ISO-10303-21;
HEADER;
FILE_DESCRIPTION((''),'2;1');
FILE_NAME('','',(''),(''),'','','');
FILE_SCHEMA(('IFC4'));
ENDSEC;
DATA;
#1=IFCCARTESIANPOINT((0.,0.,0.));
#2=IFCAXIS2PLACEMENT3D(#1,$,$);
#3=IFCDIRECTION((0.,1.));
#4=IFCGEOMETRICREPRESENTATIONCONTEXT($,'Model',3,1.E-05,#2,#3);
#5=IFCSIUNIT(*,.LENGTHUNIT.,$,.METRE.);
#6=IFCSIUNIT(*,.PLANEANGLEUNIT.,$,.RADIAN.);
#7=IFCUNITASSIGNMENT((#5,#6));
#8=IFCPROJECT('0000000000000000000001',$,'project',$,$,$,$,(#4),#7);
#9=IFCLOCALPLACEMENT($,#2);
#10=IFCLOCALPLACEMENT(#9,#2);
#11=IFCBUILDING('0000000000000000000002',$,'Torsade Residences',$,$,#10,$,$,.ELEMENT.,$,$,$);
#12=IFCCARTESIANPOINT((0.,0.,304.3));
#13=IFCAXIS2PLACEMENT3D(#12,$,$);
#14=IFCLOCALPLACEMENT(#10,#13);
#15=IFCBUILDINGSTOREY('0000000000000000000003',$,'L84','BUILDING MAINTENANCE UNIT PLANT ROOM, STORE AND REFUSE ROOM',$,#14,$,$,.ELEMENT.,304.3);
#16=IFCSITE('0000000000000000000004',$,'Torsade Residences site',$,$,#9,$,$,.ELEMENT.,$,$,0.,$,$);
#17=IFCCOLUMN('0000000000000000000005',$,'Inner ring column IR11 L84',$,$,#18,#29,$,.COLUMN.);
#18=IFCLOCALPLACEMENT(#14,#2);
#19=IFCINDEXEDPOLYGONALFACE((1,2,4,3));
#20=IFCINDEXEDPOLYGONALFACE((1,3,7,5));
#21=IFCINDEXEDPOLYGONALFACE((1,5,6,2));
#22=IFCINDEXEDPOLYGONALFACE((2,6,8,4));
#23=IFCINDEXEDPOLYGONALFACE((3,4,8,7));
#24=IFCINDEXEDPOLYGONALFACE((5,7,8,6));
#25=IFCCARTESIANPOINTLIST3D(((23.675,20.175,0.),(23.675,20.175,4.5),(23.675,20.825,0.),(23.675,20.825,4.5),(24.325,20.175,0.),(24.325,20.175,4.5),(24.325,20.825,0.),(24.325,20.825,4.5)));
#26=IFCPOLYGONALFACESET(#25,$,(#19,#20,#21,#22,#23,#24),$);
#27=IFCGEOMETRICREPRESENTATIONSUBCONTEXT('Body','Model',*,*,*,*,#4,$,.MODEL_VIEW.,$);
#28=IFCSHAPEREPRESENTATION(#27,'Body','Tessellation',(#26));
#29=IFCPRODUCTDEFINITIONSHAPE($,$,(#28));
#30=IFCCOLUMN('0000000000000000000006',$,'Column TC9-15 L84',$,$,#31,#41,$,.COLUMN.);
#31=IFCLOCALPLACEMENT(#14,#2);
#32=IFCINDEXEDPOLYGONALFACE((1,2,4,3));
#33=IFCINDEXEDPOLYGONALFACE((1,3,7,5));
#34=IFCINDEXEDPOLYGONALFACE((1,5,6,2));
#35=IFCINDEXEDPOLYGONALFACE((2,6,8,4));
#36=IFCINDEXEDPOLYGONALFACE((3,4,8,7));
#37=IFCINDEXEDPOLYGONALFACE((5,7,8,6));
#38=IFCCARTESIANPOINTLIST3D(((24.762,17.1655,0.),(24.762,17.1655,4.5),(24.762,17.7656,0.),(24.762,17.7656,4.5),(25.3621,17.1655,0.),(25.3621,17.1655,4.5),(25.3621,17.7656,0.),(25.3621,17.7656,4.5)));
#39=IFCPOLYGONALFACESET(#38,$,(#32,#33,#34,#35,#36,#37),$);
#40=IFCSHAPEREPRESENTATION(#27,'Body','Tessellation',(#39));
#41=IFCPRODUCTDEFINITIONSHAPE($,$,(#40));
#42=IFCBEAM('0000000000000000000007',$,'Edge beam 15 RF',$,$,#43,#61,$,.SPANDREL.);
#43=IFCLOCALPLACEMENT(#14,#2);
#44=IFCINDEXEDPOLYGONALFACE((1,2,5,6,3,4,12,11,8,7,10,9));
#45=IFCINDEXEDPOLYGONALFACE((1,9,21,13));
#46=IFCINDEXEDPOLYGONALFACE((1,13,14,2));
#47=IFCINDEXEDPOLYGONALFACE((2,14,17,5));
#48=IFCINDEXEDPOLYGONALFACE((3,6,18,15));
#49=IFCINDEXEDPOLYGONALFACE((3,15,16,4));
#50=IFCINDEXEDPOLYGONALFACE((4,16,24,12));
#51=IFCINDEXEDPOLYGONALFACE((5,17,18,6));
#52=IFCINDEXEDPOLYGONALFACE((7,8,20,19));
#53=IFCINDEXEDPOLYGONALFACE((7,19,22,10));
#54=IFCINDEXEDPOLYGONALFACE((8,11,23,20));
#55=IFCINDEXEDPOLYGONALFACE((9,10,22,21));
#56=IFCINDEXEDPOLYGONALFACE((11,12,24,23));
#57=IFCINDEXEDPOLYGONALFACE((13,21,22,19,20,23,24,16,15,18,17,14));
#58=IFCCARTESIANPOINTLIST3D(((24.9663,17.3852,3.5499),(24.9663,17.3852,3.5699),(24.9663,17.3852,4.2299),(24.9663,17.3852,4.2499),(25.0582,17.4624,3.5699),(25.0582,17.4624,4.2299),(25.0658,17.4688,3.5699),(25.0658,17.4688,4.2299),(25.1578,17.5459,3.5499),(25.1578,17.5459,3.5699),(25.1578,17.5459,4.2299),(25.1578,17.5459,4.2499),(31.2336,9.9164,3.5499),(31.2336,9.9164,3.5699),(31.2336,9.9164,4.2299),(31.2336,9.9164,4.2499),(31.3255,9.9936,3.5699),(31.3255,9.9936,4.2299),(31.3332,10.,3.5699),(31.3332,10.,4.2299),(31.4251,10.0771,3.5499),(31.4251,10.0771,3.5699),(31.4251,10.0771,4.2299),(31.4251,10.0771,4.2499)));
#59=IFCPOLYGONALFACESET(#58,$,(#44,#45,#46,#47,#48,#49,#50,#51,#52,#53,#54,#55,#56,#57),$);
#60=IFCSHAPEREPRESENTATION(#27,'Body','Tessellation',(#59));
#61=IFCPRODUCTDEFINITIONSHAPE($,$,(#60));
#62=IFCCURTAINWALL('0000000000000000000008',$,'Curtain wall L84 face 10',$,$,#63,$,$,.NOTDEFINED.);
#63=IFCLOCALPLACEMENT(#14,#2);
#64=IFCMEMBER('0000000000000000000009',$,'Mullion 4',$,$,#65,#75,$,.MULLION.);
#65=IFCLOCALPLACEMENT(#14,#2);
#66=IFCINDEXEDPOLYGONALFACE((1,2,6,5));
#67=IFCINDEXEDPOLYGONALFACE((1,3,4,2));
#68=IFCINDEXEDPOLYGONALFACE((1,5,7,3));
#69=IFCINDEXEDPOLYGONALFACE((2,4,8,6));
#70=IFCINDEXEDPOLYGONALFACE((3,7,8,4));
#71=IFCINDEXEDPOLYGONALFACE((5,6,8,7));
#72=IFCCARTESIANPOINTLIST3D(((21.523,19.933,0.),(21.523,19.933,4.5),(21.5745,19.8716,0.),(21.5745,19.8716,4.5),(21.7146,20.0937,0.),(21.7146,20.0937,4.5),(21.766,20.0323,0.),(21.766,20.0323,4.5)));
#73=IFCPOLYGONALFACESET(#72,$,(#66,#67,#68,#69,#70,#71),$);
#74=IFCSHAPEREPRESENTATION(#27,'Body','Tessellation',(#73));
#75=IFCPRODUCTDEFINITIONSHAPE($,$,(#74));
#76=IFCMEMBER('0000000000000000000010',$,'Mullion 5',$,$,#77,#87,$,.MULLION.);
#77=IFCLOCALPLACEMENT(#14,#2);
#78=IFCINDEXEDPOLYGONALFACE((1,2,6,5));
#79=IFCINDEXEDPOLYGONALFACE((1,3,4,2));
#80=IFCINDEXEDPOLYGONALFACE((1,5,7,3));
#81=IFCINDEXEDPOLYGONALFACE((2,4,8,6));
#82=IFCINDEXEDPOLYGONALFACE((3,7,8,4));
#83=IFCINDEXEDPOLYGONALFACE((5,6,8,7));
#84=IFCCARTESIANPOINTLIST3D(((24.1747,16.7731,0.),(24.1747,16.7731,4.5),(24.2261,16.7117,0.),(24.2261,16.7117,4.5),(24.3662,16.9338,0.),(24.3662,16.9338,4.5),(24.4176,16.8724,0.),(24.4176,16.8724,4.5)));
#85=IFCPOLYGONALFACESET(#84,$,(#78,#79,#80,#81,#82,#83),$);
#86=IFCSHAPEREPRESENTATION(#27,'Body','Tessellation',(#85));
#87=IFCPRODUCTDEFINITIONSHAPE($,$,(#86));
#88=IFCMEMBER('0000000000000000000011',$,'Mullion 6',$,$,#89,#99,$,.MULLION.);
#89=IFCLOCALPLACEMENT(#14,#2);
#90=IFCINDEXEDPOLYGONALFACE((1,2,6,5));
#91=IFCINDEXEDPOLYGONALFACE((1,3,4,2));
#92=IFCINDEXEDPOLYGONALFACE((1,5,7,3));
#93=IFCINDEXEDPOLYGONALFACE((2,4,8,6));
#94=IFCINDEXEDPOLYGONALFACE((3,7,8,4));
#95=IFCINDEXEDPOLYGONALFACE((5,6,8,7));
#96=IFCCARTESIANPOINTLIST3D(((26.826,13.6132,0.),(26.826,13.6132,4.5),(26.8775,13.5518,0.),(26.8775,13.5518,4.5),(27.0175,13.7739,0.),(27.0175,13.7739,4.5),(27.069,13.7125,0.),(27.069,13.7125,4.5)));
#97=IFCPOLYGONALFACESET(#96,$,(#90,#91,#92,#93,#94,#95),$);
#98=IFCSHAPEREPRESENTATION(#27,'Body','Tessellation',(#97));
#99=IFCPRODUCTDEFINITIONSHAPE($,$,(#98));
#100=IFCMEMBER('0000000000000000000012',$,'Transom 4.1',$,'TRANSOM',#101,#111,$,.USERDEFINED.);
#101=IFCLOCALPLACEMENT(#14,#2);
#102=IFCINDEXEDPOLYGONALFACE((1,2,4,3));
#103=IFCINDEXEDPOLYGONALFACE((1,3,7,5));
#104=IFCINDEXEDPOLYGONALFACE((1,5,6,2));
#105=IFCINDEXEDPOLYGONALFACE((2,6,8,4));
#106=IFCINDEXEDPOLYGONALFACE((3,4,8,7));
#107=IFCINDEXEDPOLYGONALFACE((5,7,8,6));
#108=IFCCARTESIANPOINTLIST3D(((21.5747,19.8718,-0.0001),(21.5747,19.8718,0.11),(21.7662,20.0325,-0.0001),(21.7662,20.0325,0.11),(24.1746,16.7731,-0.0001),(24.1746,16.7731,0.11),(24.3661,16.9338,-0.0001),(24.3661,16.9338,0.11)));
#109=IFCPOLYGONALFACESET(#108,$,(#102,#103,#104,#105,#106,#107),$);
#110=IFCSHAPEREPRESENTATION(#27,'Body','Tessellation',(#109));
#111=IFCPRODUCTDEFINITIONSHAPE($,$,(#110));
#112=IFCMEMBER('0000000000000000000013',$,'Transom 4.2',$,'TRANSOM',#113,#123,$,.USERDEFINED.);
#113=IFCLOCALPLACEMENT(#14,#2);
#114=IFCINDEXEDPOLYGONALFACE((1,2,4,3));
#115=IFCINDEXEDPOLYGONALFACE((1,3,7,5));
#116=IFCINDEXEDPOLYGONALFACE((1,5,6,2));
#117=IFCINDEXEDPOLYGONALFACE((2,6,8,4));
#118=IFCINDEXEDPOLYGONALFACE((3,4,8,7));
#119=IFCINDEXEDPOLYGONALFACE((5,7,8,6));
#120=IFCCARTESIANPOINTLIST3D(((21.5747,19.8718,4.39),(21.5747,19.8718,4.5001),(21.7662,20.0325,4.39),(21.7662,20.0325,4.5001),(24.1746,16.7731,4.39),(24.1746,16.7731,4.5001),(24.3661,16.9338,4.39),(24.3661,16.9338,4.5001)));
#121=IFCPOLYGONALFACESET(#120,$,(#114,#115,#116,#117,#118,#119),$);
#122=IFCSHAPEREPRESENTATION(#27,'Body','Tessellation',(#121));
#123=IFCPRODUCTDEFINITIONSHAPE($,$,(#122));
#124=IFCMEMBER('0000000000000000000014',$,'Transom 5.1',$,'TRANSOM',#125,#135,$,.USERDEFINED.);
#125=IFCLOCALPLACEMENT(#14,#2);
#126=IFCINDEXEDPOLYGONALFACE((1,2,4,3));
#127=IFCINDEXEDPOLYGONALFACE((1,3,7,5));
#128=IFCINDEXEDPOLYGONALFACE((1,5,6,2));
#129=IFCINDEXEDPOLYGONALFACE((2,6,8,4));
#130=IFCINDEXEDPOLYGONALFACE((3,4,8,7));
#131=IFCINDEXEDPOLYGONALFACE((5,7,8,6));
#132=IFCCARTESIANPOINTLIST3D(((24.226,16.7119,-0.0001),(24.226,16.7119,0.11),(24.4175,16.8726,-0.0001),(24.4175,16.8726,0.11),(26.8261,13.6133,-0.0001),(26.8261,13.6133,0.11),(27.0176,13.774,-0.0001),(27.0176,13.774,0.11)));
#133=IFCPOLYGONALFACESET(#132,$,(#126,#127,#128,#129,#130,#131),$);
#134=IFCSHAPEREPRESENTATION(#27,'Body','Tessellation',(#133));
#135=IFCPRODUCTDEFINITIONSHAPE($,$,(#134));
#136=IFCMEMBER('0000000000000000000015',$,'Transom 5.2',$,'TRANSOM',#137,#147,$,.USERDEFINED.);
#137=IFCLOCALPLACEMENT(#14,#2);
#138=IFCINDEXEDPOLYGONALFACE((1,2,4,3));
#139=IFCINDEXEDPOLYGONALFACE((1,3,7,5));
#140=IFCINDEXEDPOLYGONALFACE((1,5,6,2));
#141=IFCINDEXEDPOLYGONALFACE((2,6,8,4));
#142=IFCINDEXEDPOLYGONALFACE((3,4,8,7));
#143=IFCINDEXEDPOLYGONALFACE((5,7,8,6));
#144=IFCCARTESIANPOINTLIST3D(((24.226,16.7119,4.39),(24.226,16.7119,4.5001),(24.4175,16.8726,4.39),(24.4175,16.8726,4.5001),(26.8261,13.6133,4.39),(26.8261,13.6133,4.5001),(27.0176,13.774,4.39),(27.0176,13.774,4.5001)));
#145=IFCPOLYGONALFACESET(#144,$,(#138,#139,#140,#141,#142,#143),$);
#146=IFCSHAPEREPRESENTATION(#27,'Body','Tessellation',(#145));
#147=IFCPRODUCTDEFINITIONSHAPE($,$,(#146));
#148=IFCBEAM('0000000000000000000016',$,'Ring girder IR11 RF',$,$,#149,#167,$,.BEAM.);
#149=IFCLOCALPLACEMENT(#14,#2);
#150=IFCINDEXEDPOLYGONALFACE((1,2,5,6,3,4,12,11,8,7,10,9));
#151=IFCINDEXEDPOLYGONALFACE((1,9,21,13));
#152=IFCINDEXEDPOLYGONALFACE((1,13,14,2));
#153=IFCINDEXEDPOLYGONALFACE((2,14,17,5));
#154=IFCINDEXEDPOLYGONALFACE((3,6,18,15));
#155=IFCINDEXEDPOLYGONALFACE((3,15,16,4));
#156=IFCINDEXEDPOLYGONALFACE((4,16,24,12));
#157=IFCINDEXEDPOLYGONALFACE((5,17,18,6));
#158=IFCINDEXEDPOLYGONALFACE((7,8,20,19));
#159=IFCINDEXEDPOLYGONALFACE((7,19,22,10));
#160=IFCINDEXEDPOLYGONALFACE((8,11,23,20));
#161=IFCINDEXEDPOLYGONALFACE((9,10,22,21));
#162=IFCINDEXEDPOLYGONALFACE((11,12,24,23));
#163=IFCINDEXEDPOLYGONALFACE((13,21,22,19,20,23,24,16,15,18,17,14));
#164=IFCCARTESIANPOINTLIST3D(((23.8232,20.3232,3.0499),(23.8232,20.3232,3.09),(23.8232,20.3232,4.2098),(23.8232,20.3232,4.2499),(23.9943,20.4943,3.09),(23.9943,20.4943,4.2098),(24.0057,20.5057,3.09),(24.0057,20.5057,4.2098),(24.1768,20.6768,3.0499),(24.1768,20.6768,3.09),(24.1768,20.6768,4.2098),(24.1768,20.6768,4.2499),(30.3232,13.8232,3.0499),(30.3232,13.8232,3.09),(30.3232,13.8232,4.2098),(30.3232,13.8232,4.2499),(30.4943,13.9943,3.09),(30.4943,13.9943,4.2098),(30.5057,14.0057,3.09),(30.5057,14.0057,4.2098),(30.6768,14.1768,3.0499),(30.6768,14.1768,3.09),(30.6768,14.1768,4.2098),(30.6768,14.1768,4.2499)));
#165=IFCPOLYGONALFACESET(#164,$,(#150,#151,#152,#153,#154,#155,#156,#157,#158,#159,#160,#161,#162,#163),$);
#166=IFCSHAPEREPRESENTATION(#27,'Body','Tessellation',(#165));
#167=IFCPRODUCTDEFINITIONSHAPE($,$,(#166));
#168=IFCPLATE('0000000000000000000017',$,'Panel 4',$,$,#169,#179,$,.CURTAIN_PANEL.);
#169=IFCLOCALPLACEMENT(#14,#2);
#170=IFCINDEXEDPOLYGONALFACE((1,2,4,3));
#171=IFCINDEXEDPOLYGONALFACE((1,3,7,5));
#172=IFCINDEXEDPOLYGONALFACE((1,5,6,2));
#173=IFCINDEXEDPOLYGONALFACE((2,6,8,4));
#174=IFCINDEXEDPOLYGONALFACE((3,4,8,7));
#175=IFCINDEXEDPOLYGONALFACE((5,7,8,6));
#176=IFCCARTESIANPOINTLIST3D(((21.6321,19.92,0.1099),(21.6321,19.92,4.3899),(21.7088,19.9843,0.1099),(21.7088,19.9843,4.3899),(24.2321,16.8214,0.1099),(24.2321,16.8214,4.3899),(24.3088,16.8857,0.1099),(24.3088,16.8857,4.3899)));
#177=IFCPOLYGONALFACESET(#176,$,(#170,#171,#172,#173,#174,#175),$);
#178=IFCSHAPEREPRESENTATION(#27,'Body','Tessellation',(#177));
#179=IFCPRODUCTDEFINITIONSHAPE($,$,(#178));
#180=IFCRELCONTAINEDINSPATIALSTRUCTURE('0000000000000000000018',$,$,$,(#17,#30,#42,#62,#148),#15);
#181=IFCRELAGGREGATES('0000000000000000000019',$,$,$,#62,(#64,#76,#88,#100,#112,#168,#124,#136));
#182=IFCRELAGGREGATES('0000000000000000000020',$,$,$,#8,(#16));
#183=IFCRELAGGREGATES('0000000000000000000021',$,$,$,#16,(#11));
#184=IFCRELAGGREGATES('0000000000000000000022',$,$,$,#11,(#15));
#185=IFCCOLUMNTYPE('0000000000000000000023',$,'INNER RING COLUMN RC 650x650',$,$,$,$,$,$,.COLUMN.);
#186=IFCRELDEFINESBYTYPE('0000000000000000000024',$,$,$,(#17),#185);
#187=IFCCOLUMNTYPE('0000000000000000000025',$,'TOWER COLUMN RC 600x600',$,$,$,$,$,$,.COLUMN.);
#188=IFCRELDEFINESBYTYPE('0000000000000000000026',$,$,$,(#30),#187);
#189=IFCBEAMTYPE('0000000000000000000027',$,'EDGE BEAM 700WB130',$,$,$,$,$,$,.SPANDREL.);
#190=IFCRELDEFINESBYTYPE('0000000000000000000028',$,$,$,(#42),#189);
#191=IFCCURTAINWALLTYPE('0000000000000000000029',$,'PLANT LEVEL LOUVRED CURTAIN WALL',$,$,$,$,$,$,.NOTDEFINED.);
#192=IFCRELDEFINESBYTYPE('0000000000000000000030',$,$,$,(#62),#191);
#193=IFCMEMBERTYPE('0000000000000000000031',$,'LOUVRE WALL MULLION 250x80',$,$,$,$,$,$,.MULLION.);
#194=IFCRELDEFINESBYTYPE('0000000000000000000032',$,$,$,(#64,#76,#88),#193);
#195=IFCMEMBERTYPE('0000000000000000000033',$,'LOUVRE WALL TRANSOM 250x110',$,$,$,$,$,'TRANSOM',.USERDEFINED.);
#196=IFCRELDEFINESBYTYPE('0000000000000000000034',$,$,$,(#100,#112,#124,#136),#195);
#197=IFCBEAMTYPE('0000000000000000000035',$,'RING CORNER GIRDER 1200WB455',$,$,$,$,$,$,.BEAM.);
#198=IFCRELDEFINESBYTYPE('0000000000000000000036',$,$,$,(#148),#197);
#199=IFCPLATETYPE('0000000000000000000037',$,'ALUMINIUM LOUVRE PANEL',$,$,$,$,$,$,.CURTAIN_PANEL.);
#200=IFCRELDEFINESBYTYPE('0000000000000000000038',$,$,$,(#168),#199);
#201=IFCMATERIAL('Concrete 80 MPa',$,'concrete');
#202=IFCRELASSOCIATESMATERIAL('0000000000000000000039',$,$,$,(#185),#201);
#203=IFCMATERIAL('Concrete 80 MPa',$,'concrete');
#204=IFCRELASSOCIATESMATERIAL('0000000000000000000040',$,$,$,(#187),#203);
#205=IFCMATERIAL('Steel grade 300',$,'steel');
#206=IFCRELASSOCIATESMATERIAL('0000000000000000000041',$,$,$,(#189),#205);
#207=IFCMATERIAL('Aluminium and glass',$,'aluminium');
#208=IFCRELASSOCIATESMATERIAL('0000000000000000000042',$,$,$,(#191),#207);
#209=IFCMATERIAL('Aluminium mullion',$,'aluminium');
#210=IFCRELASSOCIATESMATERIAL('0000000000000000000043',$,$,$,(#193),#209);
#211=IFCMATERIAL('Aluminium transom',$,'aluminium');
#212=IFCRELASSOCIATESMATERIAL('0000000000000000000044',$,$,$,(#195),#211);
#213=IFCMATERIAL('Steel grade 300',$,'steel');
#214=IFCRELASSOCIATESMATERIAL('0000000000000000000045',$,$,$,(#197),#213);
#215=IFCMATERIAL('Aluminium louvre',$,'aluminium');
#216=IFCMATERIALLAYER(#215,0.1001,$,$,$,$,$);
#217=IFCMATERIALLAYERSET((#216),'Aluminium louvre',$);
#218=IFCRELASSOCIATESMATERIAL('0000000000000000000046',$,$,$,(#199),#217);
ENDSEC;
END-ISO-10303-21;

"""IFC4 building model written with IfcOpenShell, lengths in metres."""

from ifc_helpers import new_model, si_unit, direction, frame, origin, origin_2d, place, context, subcontext, project, spatial, rectangle, i_section, extrude, material, layer, layer_set, material_profile, profile_set, type_object, element, aggregate, save


model = new_model("IFC4")

# Units and contexts
model_context = context("Model", 3, precision=1e-05, world=origin(), true_north=direction((0.0, 1.0)))
body_context = subcontext(model_context, "Body", "Model", "MODEL_VIEW")
ifc_project = project(units=[si_unit("LENGTHUNIT", "METRE"), si_unit("PLANEANGLEUNIT", "RADIAN")], contexts=[model_context])

# Site, building, storey
site_placement = place(None, origin())
site = spatial("IfcSite", under=ifc_project, at=site_placement, Name="Torsade Residences site", CompositionType="ELEMENT", RefElevation=0.0)
building_placement = place(site_placement, origin())
building = spatial("IfcBuilding", under=site, at=building_placement, Name="Torsade Residences", CompositionType="ELEMENT")
storey_placement = place(building_placement, frame((0.0, 0.0, 304.3)))
storey = spatial("IfcBuildingStorey", under=building, at=storey_placement, Name="L84", Description="BUILDING MAINTENANCE UNIT PLANT ROOM, STORE AND REFUSE ROOM", CompositionType="ELEMENT", Elevation=304.3)

# Columns
ifc_material_1 = material(Name="Concrete 80 MPa", Category="concrete")
ifc_material_profile_1 = material_profile(ifc_material_1, rectangle(XDim=0.6499, YDim=0.6499, at=origin_2d()), Name="RC 650x650")
ifc_profile_set_1 = profile_set([ifc_material_profile_1], Name="Concrete 80 MPa")
column_type_1 = type_object("IfcColumnType", Name="INNER RING COLUMN RC 650x650", PredefinedType="COLUMN", material=ifc_profile_set_1)
column_1_placement = place(storey_placement, frame((24.0, 20.5, 0.0), z_axis=(0.0, 0.0, 1.0), x_axis=(1.0, 0.0, 0.0)))
element("IfcColumn", 1, at=column_1_placement, inside=storey, type_object=column_type_1, Name="Inner ring column IR11 L84", PredefinedType="COLUMN", context=body_context, shape_type="SweptSolid", body=[
    extrude(rectangle(XDim=0.6499, YDim=0.6499, at=origin_2d()), origin(), (0.0, 0.0, 1.0), 4.5),
])
ifc_material_2 = material(Name="Concrete 80 MPa", Category="concrete")
ifc_material_profile_2 = material_profile(ifc_material_2, rectangle(XDim=0.6001, YDim=0.6001, at=origin_2d()), Name="RC 600x600")
ifc_profile_set_2 = profile_set([ifc_material_profile_2], Name="Concrete 80 MPa")
column_type_2 = type_object("IfcColumnType", Name="TOWER COLUMN RC 600x600", PredefinedType="COLUMN", material=ifc_profile_set_2)
column_2_placement = place(storey_placement, frame((25.062, 17.4656, 0.0), z_axis=(0.0, 0.0, 1.0), x_axis=(1.0, 0.0, 0.0)))
element("IfcColumn", 2, at=column_2_placement, inside=storey, type_object=column_type_2, Name="Column TC9-15 L84", PredefinedType="COLUMN", context=body_context, shape_type="SweptSolid", body=[
    extrude(rectangle(XDim=0.6001, YDim=0.6001, at=origin_2d()), origin(), (0.0, 0.0, 1.0), 4.5),
])

# Beam
ifc_material_3 = material(Name="Steel grade 300", Category="steel")
ifc_material_profile_3 = material_profile(ifc_material_3, i_section(OverallWidth=0.25, OverallDepth=0.7, WebThickness=0.01, FlangeThickness=0.02, at=origin_2d()), Name="700WB130")
ifc_profile_set_3 = profile_set([ifc_material_profile_3], Name="Steel grade 300")
beam_type_1 = type_object("IfcBeamType", Name="EDGE BEAM 700WB130", PredefinedType="SPANDREL", material=ifc_profile_set_3)
beam_1_placement = place(storey_placement, frame((25.062, 17.4656, 3.8999), z_axis=(0.642806, -0.766029, 0.0), x_axis=(0.766029, 0.642806, 0.0)))
element("IfcBeam", 3, at=beam_1_placement, inside=storey, type_object=beam_type_1, Name="Edge beam 15 RF", PredefinedType="SPANDREL", context=body_context, shape_type="SweptSolid", body=[
    extrude(i_section(OverallWidth=0.25, OverallDepth=0.7, WebThickness=0.01, FlangeThickness=0.02, at=origin_2d()), origin(), (0.0, 0.0, 1.0), 9.75),
])

# Curtain wall, members
ifc_material_4 = material(Name="Aluminium and glass", Category="aluminium")
curtain_wall_type = type_object("IfcCurtainWallType", Name="PLANT LEVEL LOUVRED CURTAIN WALL", PredefinedType="NOTDEFINED", material=ifc_material_4)
curtain_wall_placement = place(storey_placement, origin())
curtain_wall = element("IfcCurtainWall", 4, at=curtain_wall_placement, inside=storey, type_object=curtain_wall_type, Name="Curtain wall L84 face 10", PredefinedType="NOTDEFINED")
ifc_material_5 = material(Name="Aluminium mullion", Category="aluminium")
ifc_material_profile_4 = material_profile(ifc_material_5, rectangle(XDim=0.25, YDim=0.0801, at=origin_2d()), Name="LOUVRE WALL MULLION 250x80")
ifc_profile_set_4 = profile_set([ifc_material_profile_4], Name="Aluminium mullion")
member_type_1 = type_object("IfcMemberType", Name="LOUVRE WALL MULLION 250x80", PredefinedType="MULLION", material=ifc_profile_set_4)
member_1_placement = place(storey_placement, frame((21.6445, 19.9827, 0.0), z_axis=(0.0, 0.0, 1.0), x_axis=(0.766044, 0.642788, 0.0)))
member_1 = element("IfcMember", 5, at=member_1_placement, type_object=member_type_1, Name="Mullion 4", PredefinedType="MULLION", context=body_context, shape_type="SweptSolid", body=[
    extrude(rectangle(XDim=0.25, YDim=0.0801, at=origin_2d()), origin(), (0.0, 0.0, 1.0), 4.5),
])
member_2_placement = place(storey_placement, frame((24.2961, 16.8228, 0.0), z_axis=(0.0, 0.0, 1.0), x_axis=(0.766044, 0.642788, 0.0)))
member_2 = element("IfcMember", 6, at=member_2_placement, type_object=member_type_1, Name="Mullion 5", PredefinedType="MULLION", context=body_context, shape_type="SweptSolid", body=[
    extrude(rectangle(XDim=0.25, YDim=0.0801, at=origin_2d()), origin(), (0.0, 0.0, 1.0), 4.5),
])
member_3_placement = place(storey_placement, frame((26.9475, 13.6628, 0.0), z_axis=(0.0, 0.0, 1.0), x_axis=(0.766044, 0.642788, 0.0)))
member_3 = element("IfcMember", 7, at=member_3_placement, type_object=member_type_1, Name="Mullion 6", PredefinedType="MULLION", context=body_context, shape_type="SweptSolid", body=[
    extrude(rectangle(XDim=0.25, YDim=0.0801, at=origin_2d()), origin(), (0.0, 0.0, 1.0), 4.5),
])
ifc_material_6 = material(Name="Aluminium transom", Category="aluminium")
ifc_material_profile_5 = material_profile(ifc_material_6, rectangle(XDim=0.25, YDim=0.1101, at=origin_2d()), Name="LOUVRE WALL TRANSOM 250x110")
ifc_profile_set_5 = profile_set([ifc_material_profile_5], Name="Aluminium transom")
member_type_2 = type_object("IfcMemberType", Name="LOUVRE WALL TRANSOM 250x110", ElementType="TRANSOM", PredefinedType="USERDEFINED", material=ifc_profile_set_5)
member_4_placement = place(storey_placement, frame((21.6704, 19.9521, 0.0549), z_axis=(0.642757, -0.76607, 0.0), x_axis=(0.76607, 0.642757, 0.0)))
member_4 = element("IfcMember", 8, at=member_4_placement, type_object=member_type_2, Name="Transom 4.1", ObjectType="TRANSOM", PredefinedType="USERDEFINED", context=body_context, shape_type="SweptSolid", body=[
    extrude(rectangle(XDim=0.25, YDim=0.1101, at=origin_2d()), origin(), (0.0, 0.0, 1.0), 4.0449),
])
member_5_placement = place(storey_placement, frame((21.6704, 19.9521, 4.4451), z_axis=(0.642757, -0.76607, 0.0), x_axis=(0.76607, 0.642757, 0.0)))
member_5 = element("IfcMember", 9, at=member_5_placement, type_object=member_type_2, Name="Transom 4.2", ObjectType="TRANSOM", PredefinedType="USERDEFINED", context=body_context, shape_type="SweptSolid", body=[
    extrude(rectangle(XDim=0.25, YDim=0.1101, at=origin_2d()), origin(), (0.0, 0.0, 1.0), 4.0449),
])
member_6_placement = place(storey_placement, frame((24.3218, 16.7922, 0.0549), z_axis=(0.642793, -0.76604, 0.0), x_axis=(0.76604, 0.642793, 0.0)))
member_6 = element("IfcMember", 10, at=member_6_placement, type_object=member_type_2, Name="Transom 5.1", ObjectType="TRANSOM", PredefinedType="USERDEFINED", context=body_context, shape_type="SweptSolid", body=[
    extrude(rectangle(XDim=0.25, YDim=0.1101, at=origin_2d()), origin(), (0.0, 0.0, 1.0), 4.0449),
])
member_7_placement = place(storey_placement, frame((24.3218, 16.7922, 4.4451), z_axis=(0.642793, -0.76604, 0.0), x_axis=(0.76604, 0.642793, 0.0)))
member_7 = element("IfcMember", 11, at=member_7_placement, type_object=member_type_2, Name="Transom 5.2", ObjectType="TRANSOM", PredefinedType="USERDEFINED", context=body_context, shape_type="SweptSolid", body=[
    extrude(rectangle(XDim=0.25, YDim=0.1101, at=origin_2d()), origin(), (0.0, 0.0, 1.0), 4.0449),
])

# Beam
ifc_material_7 = material(Name="Steel grade 300", Category="steel")
ifc_material_profile_6 = material_profile(ifc_material_7, i_section(OverallWidth=0.5, OverallDepth=1.2, WebThickness=0.0161, FlangeThickness=0.04, at=origin_2d()), Name="1200WB455")
ifc_profile_set_6 = profile_set([ifc_material_profile_6], Name="Steel grade 300")
beam_type_2 = type_object("IfcBeamType", Name="RING CORNER GIRDER 1200WB455", PredefinedType="BEAM", material=ifc_profile_set_6)
beam_2_placement = place(storey_placement, frame((24.0, 20.5, 3.6499), z_axis=(0.707107, -0.707107, 0.0), x_axis=(0.707107, 0.707107, 0.0)))
element("IfcBeam", 12, at=beam_2_placement, inside=storey, type_object=beam_type_2, Name="Ring girder IR11 RF", PredefinedType="BEAM", context=body_context, shape_type="SweptSolid", body=[
    extrude(i_section(OverallWidth=0.5, OverallDepth=1.2, WebThickness=0.0161, FlangeThickness=0.04, at=origin_2d()), origin(), (0.0, 0.0, 1.0), 9.1924),
])

# Plate
ifc_material_8 = material(Name="Aluminium louvre", Category="aluminium")
ifc_layer_1 = layer(ifc_material_8, 0.1001)
ifc_layer_set_1 = layer_set([ifc_layer_1], Name="Aluminium louvre")
plate_type = type_object("IfcPlateType", Name="ALUMINIUM LOUVRE PANEL", PredefinedType="CURTAIN_PANEL", material=ifc_layer_set_1)
plate_1_placement = place(storey_placement, frame((22.9705, 18.4028, 0.1099), z_axis=(0.0, 0.0, 1.0), x_axis=(0.642788, -0.766044, 0.0)))
plate_1 = element("IfcPlate", 13, at=plate_1_placement, type_object=plate_type, Name="Panel 4", PredefinedType="CURTAIN_PANEL", context=body_context, shape_type="SweptSolid", body=[
    extrude(rectangle(XDim=4.0449, YDim=0.1001, at=origin_2d()), origin(), (0.0, 0.0, 1.0), 4.28),
])
aggregate(curtain_wall, [member_1, member_2, member_3, member_4, member_5, plate_1, member_6, member_7])

save(model, "model.ifc")
